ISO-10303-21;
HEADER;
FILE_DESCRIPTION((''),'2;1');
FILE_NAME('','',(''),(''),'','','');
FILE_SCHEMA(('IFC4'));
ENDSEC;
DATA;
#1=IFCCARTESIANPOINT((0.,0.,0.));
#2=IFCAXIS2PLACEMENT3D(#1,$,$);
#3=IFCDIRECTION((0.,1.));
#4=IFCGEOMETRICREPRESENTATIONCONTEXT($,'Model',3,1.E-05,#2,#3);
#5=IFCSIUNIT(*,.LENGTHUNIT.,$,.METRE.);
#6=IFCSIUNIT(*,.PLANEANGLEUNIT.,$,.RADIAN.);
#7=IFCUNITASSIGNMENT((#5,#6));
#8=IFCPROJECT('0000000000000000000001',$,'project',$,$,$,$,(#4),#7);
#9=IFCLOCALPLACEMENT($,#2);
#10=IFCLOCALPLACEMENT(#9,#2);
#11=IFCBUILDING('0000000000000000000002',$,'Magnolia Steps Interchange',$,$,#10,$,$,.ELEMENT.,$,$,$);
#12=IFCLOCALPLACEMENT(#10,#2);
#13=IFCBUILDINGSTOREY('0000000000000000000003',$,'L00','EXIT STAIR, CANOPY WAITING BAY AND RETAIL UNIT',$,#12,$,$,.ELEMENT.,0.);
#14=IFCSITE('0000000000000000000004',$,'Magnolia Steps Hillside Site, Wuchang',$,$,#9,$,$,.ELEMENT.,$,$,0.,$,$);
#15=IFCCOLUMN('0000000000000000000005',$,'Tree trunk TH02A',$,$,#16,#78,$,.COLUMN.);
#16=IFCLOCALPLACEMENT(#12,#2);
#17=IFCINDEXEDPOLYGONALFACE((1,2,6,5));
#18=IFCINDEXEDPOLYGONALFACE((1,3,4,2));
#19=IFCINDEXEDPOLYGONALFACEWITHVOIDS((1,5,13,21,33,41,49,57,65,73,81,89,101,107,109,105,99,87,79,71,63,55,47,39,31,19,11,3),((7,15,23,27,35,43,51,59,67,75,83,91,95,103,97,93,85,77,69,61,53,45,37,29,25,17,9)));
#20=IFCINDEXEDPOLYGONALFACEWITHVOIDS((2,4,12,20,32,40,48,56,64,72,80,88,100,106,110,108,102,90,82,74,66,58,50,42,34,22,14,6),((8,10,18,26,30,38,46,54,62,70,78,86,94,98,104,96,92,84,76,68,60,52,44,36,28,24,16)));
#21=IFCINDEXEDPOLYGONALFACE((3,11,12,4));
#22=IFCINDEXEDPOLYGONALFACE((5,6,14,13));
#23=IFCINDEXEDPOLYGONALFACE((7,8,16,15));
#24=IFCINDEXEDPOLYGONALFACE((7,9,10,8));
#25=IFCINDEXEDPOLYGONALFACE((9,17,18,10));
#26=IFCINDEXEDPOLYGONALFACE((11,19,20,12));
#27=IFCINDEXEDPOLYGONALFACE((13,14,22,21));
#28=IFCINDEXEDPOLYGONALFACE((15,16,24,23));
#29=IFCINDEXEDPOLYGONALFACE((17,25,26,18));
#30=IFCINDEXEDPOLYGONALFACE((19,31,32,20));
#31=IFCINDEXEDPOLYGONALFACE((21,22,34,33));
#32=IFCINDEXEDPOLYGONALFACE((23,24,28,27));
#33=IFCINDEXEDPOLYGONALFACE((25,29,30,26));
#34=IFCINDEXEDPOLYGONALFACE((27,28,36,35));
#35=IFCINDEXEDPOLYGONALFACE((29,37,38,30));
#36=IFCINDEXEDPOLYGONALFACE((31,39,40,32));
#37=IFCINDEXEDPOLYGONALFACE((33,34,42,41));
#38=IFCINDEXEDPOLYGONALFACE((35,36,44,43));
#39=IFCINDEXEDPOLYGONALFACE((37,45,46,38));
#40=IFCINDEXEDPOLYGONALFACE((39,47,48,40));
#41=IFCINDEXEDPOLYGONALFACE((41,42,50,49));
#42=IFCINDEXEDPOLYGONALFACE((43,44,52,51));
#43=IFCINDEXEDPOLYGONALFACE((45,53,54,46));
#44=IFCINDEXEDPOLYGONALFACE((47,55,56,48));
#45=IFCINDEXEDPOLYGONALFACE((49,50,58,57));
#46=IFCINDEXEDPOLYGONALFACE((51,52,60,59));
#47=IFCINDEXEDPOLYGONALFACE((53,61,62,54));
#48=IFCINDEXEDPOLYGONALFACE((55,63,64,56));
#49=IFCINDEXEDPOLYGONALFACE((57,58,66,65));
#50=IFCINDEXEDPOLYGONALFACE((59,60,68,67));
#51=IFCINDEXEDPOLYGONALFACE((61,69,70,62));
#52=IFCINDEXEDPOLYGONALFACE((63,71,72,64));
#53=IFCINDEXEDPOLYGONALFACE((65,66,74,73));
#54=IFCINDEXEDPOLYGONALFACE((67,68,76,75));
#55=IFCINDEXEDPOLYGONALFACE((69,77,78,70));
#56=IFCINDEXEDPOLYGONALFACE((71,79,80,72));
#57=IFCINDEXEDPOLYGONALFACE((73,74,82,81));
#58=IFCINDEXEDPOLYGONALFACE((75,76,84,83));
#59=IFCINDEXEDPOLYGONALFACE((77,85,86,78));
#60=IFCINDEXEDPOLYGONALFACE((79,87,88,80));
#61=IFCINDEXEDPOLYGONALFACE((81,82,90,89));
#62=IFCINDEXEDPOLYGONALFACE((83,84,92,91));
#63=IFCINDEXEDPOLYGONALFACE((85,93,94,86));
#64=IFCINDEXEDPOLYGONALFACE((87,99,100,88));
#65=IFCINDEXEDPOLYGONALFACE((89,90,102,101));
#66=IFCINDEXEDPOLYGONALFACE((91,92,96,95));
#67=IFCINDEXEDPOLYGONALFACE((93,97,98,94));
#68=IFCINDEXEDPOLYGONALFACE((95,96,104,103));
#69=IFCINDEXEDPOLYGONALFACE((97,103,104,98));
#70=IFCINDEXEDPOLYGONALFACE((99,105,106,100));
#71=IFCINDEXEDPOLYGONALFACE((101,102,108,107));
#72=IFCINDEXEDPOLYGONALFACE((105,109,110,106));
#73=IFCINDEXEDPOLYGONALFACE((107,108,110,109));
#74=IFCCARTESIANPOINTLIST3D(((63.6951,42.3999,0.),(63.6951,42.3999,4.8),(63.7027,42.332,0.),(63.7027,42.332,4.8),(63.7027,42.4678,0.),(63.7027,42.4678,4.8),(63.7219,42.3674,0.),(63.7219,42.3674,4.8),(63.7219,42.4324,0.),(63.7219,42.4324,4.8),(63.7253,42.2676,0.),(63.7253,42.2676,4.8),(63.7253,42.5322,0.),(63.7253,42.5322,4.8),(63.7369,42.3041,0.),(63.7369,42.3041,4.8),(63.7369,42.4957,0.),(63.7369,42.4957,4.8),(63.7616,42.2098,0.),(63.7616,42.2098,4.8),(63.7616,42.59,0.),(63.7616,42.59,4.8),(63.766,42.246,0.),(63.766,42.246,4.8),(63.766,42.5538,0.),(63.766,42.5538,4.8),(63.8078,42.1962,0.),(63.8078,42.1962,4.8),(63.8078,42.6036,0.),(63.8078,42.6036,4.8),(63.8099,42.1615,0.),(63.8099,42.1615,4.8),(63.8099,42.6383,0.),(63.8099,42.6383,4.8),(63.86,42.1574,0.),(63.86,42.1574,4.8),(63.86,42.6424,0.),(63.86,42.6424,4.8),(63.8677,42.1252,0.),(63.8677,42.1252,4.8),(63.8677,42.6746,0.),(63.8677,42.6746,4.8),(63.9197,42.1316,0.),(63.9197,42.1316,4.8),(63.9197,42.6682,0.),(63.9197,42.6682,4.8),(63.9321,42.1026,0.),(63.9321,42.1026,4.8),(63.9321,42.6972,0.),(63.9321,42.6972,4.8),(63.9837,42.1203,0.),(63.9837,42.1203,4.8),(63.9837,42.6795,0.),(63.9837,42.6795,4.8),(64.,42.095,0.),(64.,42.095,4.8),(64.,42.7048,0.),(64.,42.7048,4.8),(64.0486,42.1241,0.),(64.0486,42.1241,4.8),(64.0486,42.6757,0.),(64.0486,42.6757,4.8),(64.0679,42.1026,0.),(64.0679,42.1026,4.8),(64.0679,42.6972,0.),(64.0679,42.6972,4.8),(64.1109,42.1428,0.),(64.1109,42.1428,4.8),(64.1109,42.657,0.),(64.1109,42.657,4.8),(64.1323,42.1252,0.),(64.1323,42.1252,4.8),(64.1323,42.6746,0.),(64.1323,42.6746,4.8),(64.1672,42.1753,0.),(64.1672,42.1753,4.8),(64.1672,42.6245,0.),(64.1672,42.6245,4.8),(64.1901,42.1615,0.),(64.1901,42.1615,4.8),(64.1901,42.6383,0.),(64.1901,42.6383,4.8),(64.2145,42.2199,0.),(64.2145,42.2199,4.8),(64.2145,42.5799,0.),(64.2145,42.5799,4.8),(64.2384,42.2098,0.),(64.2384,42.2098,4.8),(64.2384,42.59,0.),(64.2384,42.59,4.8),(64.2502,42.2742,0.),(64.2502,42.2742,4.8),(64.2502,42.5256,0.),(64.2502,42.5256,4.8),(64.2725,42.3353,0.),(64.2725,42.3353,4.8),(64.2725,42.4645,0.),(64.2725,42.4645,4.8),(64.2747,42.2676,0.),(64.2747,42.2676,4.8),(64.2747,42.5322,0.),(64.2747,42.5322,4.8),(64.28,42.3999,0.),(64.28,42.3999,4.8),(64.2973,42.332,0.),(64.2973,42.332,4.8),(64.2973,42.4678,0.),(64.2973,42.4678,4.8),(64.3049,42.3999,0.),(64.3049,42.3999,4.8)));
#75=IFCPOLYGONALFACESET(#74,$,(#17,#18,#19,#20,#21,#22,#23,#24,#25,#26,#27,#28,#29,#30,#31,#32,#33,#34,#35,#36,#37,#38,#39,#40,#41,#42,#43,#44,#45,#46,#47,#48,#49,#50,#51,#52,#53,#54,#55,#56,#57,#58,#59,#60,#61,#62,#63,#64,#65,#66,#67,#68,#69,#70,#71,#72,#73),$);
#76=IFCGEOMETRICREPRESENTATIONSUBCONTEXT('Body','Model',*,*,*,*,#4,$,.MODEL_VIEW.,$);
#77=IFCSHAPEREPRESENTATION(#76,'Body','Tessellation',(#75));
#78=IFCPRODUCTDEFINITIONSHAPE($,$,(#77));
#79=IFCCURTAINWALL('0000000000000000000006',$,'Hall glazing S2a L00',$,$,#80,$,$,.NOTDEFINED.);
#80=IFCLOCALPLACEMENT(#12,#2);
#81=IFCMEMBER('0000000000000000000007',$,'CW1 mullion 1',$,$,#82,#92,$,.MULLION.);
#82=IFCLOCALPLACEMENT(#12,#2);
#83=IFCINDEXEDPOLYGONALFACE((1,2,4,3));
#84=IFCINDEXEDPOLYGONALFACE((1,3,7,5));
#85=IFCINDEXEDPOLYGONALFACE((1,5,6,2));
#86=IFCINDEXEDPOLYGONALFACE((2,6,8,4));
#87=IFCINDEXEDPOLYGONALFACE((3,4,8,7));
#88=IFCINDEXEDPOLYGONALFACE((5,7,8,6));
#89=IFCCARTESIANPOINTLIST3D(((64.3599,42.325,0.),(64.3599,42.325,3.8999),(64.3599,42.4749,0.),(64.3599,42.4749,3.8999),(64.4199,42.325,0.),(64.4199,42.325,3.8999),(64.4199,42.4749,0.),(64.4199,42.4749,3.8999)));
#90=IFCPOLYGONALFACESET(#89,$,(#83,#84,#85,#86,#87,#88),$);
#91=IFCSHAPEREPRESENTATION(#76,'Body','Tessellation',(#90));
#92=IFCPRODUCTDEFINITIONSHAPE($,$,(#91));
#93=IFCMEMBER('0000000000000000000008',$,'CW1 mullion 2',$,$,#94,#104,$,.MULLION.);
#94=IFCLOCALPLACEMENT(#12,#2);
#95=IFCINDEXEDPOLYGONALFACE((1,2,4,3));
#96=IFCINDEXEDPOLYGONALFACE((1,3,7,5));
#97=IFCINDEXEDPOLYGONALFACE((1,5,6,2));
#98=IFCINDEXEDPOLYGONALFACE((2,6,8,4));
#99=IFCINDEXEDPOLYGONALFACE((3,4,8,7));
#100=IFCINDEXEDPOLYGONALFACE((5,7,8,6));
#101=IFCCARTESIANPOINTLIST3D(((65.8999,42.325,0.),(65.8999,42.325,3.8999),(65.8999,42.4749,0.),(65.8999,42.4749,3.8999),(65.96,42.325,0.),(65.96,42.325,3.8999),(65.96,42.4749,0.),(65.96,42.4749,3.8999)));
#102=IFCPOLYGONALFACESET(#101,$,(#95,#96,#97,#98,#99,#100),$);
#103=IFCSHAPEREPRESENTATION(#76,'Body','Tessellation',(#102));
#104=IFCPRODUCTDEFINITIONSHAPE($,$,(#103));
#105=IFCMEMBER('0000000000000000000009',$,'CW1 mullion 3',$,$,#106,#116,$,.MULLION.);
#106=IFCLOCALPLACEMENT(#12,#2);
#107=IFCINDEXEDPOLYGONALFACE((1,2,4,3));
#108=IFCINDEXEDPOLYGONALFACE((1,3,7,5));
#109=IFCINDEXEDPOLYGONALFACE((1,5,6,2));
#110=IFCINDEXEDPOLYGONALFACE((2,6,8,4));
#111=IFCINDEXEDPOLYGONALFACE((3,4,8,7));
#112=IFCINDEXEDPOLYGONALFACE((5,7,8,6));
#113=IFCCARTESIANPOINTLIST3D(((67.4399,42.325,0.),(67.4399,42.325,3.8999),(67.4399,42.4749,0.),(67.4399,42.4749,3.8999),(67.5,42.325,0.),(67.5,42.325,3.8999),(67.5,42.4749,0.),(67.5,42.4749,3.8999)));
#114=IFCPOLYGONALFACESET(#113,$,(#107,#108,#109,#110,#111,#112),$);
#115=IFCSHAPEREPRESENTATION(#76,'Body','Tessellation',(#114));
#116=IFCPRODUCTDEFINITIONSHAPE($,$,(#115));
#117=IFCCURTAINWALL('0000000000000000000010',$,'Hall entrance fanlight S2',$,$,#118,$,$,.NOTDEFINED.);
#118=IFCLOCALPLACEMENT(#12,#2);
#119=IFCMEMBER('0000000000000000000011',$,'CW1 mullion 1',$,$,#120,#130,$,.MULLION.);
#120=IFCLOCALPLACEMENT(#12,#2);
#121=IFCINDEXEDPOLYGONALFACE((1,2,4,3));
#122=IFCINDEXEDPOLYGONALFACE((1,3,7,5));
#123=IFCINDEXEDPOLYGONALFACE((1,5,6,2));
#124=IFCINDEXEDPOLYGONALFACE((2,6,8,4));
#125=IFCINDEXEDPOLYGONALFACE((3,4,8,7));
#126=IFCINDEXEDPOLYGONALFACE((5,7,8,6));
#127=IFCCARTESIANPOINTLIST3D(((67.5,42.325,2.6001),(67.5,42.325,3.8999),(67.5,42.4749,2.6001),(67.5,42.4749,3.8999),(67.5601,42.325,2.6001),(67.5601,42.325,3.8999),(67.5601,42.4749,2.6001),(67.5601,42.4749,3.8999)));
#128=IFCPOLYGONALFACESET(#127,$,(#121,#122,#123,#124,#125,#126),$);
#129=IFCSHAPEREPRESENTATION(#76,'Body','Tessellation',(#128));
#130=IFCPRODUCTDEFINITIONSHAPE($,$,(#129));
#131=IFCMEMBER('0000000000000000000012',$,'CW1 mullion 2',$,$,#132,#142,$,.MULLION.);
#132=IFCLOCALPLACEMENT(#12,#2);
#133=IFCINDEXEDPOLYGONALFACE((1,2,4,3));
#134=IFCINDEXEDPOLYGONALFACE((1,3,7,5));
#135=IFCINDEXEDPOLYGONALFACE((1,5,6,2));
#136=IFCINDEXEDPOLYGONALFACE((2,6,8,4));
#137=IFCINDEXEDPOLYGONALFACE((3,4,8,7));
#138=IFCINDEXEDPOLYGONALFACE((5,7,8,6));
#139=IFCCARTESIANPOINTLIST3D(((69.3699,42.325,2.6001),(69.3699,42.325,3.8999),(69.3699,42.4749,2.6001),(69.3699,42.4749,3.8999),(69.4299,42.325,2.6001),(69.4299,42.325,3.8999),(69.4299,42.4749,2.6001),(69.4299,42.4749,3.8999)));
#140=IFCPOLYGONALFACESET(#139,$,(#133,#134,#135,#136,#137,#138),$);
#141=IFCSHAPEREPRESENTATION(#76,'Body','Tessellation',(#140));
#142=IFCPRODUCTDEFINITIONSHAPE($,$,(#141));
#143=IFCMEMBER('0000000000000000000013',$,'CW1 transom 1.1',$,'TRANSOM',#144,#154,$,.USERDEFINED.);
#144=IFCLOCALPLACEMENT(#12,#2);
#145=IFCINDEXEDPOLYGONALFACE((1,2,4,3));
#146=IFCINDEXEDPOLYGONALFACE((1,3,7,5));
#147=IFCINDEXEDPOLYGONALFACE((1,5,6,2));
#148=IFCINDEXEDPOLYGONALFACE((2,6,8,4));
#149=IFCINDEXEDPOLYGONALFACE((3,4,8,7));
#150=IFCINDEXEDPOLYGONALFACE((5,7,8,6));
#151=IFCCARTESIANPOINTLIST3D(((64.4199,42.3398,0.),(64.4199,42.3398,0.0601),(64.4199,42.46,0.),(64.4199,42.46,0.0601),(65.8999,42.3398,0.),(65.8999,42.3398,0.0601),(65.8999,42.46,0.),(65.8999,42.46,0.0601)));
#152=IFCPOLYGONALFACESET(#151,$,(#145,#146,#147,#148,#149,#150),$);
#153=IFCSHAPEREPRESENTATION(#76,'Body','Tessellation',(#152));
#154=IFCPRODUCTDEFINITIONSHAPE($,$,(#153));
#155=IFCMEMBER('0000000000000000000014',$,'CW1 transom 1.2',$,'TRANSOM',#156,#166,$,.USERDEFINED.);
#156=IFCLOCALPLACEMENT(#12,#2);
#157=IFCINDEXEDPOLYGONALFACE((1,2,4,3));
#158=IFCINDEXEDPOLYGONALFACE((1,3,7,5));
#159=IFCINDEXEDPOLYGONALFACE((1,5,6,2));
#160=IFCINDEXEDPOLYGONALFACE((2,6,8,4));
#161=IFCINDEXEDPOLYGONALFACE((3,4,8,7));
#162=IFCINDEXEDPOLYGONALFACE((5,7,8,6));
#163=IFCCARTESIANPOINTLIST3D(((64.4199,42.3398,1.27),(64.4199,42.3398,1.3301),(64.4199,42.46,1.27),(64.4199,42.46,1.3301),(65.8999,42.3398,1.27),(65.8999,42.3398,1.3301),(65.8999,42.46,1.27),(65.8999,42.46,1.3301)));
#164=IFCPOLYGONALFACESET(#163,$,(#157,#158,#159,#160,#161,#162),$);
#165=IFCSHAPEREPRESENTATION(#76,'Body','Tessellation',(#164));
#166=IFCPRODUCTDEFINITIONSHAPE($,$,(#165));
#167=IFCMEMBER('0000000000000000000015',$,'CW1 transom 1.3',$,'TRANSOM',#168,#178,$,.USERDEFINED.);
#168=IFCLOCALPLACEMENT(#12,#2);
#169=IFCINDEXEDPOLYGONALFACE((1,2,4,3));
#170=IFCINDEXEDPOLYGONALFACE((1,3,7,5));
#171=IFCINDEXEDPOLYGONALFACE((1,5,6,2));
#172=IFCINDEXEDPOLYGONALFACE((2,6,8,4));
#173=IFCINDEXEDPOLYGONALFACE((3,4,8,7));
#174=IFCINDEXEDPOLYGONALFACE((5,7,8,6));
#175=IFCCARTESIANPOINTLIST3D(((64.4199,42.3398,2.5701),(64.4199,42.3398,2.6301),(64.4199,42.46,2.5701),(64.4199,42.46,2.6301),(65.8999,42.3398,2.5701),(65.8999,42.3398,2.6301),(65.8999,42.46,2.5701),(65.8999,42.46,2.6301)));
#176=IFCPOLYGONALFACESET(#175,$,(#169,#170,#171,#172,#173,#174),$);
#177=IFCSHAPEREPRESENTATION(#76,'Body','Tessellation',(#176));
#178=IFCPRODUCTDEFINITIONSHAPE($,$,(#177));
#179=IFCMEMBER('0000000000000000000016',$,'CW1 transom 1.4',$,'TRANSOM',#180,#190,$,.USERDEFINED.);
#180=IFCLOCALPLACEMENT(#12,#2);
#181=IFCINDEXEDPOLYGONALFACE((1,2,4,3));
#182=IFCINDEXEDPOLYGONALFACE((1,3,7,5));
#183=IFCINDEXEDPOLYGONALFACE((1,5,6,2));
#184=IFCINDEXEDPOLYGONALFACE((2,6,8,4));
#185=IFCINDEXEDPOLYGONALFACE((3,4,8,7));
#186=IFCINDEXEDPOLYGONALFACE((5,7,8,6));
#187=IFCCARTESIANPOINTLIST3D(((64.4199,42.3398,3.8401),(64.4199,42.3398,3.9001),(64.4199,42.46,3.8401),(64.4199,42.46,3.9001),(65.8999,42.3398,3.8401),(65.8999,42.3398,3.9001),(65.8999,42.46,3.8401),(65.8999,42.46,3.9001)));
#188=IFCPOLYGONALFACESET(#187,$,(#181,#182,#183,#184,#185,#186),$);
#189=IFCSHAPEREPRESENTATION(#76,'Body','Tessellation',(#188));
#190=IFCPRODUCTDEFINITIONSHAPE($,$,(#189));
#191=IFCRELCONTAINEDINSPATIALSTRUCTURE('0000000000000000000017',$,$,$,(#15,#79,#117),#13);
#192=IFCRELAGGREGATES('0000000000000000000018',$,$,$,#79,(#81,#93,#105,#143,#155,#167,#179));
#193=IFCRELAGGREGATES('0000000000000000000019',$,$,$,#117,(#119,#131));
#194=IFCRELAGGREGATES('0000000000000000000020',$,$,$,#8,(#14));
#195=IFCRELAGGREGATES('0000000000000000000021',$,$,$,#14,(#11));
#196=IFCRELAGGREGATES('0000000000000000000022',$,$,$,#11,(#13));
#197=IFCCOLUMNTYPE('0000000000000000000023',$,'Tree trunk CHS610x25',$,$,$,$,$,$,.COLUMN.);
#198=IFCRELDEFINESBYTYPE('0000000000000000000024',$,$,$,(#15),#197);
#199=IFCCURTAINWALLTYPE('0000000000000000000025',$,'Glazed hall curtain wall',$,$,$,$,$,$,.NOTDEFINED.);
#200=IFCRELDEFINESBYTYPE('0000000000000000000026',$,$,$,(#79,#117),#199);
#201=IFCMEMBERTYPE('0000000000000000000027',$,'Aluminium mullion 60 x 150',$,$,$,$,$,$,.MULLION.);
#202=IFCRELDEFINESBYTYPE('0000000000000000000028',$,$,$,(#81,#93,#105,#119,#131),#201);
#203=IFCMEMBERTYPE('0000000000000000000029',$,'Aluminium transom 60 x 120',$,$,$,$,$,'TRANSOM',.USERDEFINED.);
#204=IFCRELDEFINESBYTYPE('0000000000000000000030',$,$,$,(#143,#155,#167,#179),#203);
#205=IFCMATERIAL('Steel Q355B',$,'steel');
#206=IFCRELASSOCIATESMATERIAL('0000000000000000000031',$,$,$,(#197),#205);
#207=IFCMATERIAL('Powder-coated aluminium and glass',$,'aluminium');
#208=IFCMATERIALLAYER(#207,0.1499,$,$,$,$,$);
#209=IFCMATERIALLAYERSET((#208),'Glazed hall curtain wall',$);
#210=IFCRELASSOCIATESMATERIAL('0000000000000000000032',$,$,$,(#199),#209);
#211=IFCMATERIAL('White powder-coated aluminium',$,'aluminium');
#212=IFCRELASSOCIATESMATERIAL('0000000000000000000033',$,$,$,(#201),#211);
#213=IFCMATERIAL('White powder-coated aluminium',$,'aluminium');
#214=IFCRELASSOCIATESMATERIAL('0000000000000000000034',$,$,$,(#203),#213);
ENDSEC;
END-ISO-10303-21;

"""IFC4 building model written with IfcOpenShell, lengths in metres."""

from ifc_helpers import new_model, si_unit, direction, frame, origin, origin_2d, place, context, subcontext, project, spatial, rectangle, hollow_circle, extrude, material, layer, layer_set, material_profile, profile_set, type_object, element, aggregate, save


model = new_model("IFC4")

# Units and contexts
model_context = context("Model", 3, precision=1e-05, world=origin(), true_north=direction((0.0, 1.0)))
body_context = subcontext(model_context, "Body", "Model", "MODEL_VIEW")
ifc_project = project(units=[si_unit("LENGTHUNIT", "METRE"), si_unit("PLANEANGLEUNIT", "RADIAN")], contexts=[model_context])

# Site, building, storey
site_placement = place(None, origin())
site = spatial("IfcSite", under=ifc_project, at=site_placement, Name="Magnolia Steps Hillside Site, Wuchang", CompositionType="ELEMENT", RefElevation=0.0)
building_placement = place(site_placement, origin())
building = spatial("IfcBuilding", under=site, at=building_placement, Name="Magnolia Steps Interchange", CompositionType="ELEMENT")
storey_placement = place(building_placement, origin())
storey = spatial("IfcBuildingStorey", under=building, at=storey_placement, Name="L00", Description="EXIT STAIR, CANOPY WAITING BAY AND RETAIL UNIT", CompositionType="ELEMENT", Elevation=0.0)

# Column
ifc_material_1 = material(Name="Steel Q355B", Category="steel")
ifc_material_profile_1 = material_profile(ifc_material_1, hollow_circle(Radius=0.3049, WallThickness=0.0249, at=origin_2d()), Name="CHS610x25")
ifc_profile_set_1 = profile_set([ifc_material_profile_1], Name="Steel Q355B")
column_type = type_object("IfcColumnType", Name="Tree trunk CHS610x25", PredefinedType="COLUMN", material=ifc_profile_set_1)
column_placement = place(storey_placement, frame((64.0, 42.3999, 0.0), z_axis=(0.0, 0.0, 1.0), x_axis=(1.0, 0.0, 0.0)))
element("IfcColumn", 1, at=column_placement, inside=storey, type_object=column_type, Name="Tree trunk TH02A", PredefinedType="COLUMN", context=body_context, shape_type="SweptSolid", body=[
    extrude(hollow_circle(Radius=0.3049, WallThickness=0.0249, at=origin_2d()), origin(), (0.0, 0.0, 1.0), 4.8),
])

# Curtain walls, members
ifc_material_2 = material(Name="Powder-coated aluminium and glass", Category="aluminium")
ifc_layer_1 = layer(ifc_material_2, 0.1499)
ifc_layer_set_1 = layer_set([ifc_layer_1], Name="Glazed hall curtain wall")
curtain_wall_type = type_object("IfcCurtainWallType", Name="Glazed hall curtain wall", PredefinedType="NOTDEFINED", material=ifc_layer_set_1)
curtain_wall_1_placement = place(storey_placement, origin())
curtain_wall_1 = element("IfcCurtainWall", 2, at=curtain_wall_1_placement, inside=storey, type_object=curtain_wall_type, Name="Hall glazing S2a L00", PredefinedType="NOTDEFINED")
ifc_material_3 = material(Name="White powder-coated aluminium", Category="aluminium")
ifc_material_profile_2 = material_profile(ifc_material_3, rectangle(XDim=0.0601, YDim=0.1499, at=origin_2d()), Name="Aluminium mullion 60 x 150")
ifc_profile_set_2 = profile_set([ifc_material_profile_2], Name="White powder-coated aluminium")
member_type_1 = type_object("IfcMemberType", Name="Aluminium mullion 60 x 150", PredefinedType="MULLION", material=ifc_profile_set_2)
member_1_placement = place(storey_placement, frame((64.3899, 42.3999, 0.0), z_axis=(0.0, 0.0, 1.0), x_axis=(1.0, 0.0, 0.0)))
member_1 = element("IfcMember", 3, at=member_1_placement, type_object=member_type_1, Name="CW1 mullion 1", PredefinedType="MULLION", context=body_context, shape_type="SweptSolid", body=[
    extrude(rectangle(XDim=0.0601, YDim=0.1499, at=origin_2d()), origin(), (0.0, 0.0, 1.0), 3.8999),
])
member_2_placement = place(storey_placement, frame((65.9299, 42.3999, 0.0), z_axis=(0.0, 0.0, 1.0), x_axis=(1.0, 0.0, 0.0)))
member_2 = element("IfcMember", 4, at=member_2_placement, type_object=member_type_1, Name="CW1 mullion 2", PredefinedType="MULLION", context=body_context, shape_type="SweptSolid", body=[
    extrude(rectangle(XDim=0.0601, YDim=0.1499, at=origin_2d()), origin(), (0.0, 0.0, 1.0), 3.8999),
])
member_3_placement = place(storey_placement, frame((67.47, 42.3999, 0.0), z_axis=(0.0, 0.0, 1.0), x_axis=(1.0, 0.0, 0.0)))
member_3 = element("IfcMember", 5, at=member_3_placement, type_object=member_type_1, Name="CW1 mullion 3", PredefinedType="MULLION", context=body_context, shape_type="SweptSolid", body=[
    extrude(rectangle(XDim=0.0601, YDim=0.1499, at=origin_2d()), origin(), (0.0, 0.0, 1.0), 3.8999),
])
curtain_wall_2_placement = place(storey_placement, origin())
curtain_wall_2 = element("IfcCurtainWall", 6, at=curtain_wall_2_placement, inside=storey, type_object=curtain_wall_type, Name="Hall entrance fanlight S2", PredefinedType="NOTDEFINED")
member_4_placement = place(storey_placement, frame((67.53, 42.3999, 2.6001), z_axis=(0.0, 0.0, 1.0), x_axis=(1.0, 0.0, 0.0)))
member_4 = element("IfcMember", 7, at=member_4_placement, type_object=member_type_1, Name="CW1 mullion 1", PredefinedType="MULLION", context=body_context, shape_type="SweptSolid", body=[
    extrude(rectangle(XDim=0.0601, YDim=0.1499, at=origin_2d()), origin(), (0.0, 0.0, 1.0), 1.2998),
])
member_5_placement = place(storey_placement, frame((69.3999, 42.3999, 2.6001), z_axis=(0.0, 0.0, 1.0), x_axis=(1.0, 0.0, 0.0)))
member_5 = element("IfcMember", 8, at=member_5_placement, type_object=member_type_1, Name="CW1 mullion 2", PredefinedType="MULLION", context=body_context, shape_type="SweptSolid", body=[
    extrude(rectangle(XDim=0.0601, YDim=0.1499, at=origin_2d()), origin(), (0.0, 0.0, 1.0), 1.2998),
])

# Members
ifc_material_4 = material(Name="White powder-coated aluminium", Category="aluminium")
ifc_material_profile_3 = material_profile(ifc_material_4, rectangle(XDim=0.0601, YDim=0.1201, at=origin_2d()), Name="Aluminium transom 60 x 120")
ifc_profile_set_3 = profile_set([ifc_material_profile_3], Name="White powder-coated aluminium")
member_type_2 = type_object("IfcMemberType", Name="Aluminium transom 60 x 120", ElementType="TRANSOM", PredefinedType="USERDEFINED", material=ifc_profile_set_3)
member_6_placement = place(storey_placement, frame((64.4199, 42.3999, 0.03), z_axis=(1.0, 0.0, 0.0), x_axis=(0.0, 0.0, 1.0)))
member_6 = element("IfcMember", 9, at=member_6_placement, type_object=member_type_2, Name="CW1 transom 1.1", ObjectType="TRANSOM", PredefinedType="USERDEFINED", context=body_context, shape_type="SweptSolid", body=[
    extrude(rectangle(XDim=0.0601, YDim=0.1201, at=origin_2d()), origin(), (0.0, 0.0, 1.0), 1.48),
])
member_7_placement = place(storey_placement, frame((64.4199, 42.3999, 1.3), z_axis=(1.0, 0.0, 0.0), x_axis=(0.0, 0.0, 1.0)))
member_7 = element("IfcMember", 10, at=member_7_placement, type_object=member_type_2, Name="CW1 transom 1.2", ObjectType="TRANSOM", PredefinedType="USERDEFINED", context=body_context, shape_type="SweptSolid", body=[
    extrude(rectangle(XDim=0.0601, YDim=0.1201, at=origin_2d()), origin(), (0.0, 0.0, 1.0), 1.48),
])
member_8_placement = place(storey_placement, frame((64.4199, 42.3999, 2.6001), z_axis=(1.0, 0.0, 0.0), x_axis=(0.0, 0.0, 1.0)))
member_8 = element("IfcMember", 11, at=member_8_placement, type_object=member_type_2, Name="CW1 transom 1.3", ObjectType="TRANSOM", PredefinedType="USERDEFINED", context=body_context, shape_type="SweptSolid", body=[
    extrude(rectangle(XDim=0.0601, YDim=0.1201, at=origin_2d()), origin(), (0.0, 0.0, 1.0), 1.48),
])
member_9_placement = place(storey_placement, frame((64.4199, 42.3999, 3.8701), z_axis=(1.0, 0.0, 0.0), x_axis=(0.0, 0.0, 1.0)))
member_9 = element("IfcMember", 12, at=member_9_placement, type_object=member_type_2, Name="CW1 transom 1.4", ObjectType="TRANSOM", PredefinedType="USERDEFINED", context=body_context, shape_type="SweptSolid", body=[
    extrude(rectangle(XDim=0.0601, YDim=0.1201, at=origin_2d()), origin(), (0.0, 0.0, 1.0), 1.48),
])

aggregate(curtain_wall_1, [member_1, member_2, member_3, member_6, member_7, member_8, member_9])
aggregate(curtain_wall_2, [member_4, member_5])

save(model, "model.ifc")
